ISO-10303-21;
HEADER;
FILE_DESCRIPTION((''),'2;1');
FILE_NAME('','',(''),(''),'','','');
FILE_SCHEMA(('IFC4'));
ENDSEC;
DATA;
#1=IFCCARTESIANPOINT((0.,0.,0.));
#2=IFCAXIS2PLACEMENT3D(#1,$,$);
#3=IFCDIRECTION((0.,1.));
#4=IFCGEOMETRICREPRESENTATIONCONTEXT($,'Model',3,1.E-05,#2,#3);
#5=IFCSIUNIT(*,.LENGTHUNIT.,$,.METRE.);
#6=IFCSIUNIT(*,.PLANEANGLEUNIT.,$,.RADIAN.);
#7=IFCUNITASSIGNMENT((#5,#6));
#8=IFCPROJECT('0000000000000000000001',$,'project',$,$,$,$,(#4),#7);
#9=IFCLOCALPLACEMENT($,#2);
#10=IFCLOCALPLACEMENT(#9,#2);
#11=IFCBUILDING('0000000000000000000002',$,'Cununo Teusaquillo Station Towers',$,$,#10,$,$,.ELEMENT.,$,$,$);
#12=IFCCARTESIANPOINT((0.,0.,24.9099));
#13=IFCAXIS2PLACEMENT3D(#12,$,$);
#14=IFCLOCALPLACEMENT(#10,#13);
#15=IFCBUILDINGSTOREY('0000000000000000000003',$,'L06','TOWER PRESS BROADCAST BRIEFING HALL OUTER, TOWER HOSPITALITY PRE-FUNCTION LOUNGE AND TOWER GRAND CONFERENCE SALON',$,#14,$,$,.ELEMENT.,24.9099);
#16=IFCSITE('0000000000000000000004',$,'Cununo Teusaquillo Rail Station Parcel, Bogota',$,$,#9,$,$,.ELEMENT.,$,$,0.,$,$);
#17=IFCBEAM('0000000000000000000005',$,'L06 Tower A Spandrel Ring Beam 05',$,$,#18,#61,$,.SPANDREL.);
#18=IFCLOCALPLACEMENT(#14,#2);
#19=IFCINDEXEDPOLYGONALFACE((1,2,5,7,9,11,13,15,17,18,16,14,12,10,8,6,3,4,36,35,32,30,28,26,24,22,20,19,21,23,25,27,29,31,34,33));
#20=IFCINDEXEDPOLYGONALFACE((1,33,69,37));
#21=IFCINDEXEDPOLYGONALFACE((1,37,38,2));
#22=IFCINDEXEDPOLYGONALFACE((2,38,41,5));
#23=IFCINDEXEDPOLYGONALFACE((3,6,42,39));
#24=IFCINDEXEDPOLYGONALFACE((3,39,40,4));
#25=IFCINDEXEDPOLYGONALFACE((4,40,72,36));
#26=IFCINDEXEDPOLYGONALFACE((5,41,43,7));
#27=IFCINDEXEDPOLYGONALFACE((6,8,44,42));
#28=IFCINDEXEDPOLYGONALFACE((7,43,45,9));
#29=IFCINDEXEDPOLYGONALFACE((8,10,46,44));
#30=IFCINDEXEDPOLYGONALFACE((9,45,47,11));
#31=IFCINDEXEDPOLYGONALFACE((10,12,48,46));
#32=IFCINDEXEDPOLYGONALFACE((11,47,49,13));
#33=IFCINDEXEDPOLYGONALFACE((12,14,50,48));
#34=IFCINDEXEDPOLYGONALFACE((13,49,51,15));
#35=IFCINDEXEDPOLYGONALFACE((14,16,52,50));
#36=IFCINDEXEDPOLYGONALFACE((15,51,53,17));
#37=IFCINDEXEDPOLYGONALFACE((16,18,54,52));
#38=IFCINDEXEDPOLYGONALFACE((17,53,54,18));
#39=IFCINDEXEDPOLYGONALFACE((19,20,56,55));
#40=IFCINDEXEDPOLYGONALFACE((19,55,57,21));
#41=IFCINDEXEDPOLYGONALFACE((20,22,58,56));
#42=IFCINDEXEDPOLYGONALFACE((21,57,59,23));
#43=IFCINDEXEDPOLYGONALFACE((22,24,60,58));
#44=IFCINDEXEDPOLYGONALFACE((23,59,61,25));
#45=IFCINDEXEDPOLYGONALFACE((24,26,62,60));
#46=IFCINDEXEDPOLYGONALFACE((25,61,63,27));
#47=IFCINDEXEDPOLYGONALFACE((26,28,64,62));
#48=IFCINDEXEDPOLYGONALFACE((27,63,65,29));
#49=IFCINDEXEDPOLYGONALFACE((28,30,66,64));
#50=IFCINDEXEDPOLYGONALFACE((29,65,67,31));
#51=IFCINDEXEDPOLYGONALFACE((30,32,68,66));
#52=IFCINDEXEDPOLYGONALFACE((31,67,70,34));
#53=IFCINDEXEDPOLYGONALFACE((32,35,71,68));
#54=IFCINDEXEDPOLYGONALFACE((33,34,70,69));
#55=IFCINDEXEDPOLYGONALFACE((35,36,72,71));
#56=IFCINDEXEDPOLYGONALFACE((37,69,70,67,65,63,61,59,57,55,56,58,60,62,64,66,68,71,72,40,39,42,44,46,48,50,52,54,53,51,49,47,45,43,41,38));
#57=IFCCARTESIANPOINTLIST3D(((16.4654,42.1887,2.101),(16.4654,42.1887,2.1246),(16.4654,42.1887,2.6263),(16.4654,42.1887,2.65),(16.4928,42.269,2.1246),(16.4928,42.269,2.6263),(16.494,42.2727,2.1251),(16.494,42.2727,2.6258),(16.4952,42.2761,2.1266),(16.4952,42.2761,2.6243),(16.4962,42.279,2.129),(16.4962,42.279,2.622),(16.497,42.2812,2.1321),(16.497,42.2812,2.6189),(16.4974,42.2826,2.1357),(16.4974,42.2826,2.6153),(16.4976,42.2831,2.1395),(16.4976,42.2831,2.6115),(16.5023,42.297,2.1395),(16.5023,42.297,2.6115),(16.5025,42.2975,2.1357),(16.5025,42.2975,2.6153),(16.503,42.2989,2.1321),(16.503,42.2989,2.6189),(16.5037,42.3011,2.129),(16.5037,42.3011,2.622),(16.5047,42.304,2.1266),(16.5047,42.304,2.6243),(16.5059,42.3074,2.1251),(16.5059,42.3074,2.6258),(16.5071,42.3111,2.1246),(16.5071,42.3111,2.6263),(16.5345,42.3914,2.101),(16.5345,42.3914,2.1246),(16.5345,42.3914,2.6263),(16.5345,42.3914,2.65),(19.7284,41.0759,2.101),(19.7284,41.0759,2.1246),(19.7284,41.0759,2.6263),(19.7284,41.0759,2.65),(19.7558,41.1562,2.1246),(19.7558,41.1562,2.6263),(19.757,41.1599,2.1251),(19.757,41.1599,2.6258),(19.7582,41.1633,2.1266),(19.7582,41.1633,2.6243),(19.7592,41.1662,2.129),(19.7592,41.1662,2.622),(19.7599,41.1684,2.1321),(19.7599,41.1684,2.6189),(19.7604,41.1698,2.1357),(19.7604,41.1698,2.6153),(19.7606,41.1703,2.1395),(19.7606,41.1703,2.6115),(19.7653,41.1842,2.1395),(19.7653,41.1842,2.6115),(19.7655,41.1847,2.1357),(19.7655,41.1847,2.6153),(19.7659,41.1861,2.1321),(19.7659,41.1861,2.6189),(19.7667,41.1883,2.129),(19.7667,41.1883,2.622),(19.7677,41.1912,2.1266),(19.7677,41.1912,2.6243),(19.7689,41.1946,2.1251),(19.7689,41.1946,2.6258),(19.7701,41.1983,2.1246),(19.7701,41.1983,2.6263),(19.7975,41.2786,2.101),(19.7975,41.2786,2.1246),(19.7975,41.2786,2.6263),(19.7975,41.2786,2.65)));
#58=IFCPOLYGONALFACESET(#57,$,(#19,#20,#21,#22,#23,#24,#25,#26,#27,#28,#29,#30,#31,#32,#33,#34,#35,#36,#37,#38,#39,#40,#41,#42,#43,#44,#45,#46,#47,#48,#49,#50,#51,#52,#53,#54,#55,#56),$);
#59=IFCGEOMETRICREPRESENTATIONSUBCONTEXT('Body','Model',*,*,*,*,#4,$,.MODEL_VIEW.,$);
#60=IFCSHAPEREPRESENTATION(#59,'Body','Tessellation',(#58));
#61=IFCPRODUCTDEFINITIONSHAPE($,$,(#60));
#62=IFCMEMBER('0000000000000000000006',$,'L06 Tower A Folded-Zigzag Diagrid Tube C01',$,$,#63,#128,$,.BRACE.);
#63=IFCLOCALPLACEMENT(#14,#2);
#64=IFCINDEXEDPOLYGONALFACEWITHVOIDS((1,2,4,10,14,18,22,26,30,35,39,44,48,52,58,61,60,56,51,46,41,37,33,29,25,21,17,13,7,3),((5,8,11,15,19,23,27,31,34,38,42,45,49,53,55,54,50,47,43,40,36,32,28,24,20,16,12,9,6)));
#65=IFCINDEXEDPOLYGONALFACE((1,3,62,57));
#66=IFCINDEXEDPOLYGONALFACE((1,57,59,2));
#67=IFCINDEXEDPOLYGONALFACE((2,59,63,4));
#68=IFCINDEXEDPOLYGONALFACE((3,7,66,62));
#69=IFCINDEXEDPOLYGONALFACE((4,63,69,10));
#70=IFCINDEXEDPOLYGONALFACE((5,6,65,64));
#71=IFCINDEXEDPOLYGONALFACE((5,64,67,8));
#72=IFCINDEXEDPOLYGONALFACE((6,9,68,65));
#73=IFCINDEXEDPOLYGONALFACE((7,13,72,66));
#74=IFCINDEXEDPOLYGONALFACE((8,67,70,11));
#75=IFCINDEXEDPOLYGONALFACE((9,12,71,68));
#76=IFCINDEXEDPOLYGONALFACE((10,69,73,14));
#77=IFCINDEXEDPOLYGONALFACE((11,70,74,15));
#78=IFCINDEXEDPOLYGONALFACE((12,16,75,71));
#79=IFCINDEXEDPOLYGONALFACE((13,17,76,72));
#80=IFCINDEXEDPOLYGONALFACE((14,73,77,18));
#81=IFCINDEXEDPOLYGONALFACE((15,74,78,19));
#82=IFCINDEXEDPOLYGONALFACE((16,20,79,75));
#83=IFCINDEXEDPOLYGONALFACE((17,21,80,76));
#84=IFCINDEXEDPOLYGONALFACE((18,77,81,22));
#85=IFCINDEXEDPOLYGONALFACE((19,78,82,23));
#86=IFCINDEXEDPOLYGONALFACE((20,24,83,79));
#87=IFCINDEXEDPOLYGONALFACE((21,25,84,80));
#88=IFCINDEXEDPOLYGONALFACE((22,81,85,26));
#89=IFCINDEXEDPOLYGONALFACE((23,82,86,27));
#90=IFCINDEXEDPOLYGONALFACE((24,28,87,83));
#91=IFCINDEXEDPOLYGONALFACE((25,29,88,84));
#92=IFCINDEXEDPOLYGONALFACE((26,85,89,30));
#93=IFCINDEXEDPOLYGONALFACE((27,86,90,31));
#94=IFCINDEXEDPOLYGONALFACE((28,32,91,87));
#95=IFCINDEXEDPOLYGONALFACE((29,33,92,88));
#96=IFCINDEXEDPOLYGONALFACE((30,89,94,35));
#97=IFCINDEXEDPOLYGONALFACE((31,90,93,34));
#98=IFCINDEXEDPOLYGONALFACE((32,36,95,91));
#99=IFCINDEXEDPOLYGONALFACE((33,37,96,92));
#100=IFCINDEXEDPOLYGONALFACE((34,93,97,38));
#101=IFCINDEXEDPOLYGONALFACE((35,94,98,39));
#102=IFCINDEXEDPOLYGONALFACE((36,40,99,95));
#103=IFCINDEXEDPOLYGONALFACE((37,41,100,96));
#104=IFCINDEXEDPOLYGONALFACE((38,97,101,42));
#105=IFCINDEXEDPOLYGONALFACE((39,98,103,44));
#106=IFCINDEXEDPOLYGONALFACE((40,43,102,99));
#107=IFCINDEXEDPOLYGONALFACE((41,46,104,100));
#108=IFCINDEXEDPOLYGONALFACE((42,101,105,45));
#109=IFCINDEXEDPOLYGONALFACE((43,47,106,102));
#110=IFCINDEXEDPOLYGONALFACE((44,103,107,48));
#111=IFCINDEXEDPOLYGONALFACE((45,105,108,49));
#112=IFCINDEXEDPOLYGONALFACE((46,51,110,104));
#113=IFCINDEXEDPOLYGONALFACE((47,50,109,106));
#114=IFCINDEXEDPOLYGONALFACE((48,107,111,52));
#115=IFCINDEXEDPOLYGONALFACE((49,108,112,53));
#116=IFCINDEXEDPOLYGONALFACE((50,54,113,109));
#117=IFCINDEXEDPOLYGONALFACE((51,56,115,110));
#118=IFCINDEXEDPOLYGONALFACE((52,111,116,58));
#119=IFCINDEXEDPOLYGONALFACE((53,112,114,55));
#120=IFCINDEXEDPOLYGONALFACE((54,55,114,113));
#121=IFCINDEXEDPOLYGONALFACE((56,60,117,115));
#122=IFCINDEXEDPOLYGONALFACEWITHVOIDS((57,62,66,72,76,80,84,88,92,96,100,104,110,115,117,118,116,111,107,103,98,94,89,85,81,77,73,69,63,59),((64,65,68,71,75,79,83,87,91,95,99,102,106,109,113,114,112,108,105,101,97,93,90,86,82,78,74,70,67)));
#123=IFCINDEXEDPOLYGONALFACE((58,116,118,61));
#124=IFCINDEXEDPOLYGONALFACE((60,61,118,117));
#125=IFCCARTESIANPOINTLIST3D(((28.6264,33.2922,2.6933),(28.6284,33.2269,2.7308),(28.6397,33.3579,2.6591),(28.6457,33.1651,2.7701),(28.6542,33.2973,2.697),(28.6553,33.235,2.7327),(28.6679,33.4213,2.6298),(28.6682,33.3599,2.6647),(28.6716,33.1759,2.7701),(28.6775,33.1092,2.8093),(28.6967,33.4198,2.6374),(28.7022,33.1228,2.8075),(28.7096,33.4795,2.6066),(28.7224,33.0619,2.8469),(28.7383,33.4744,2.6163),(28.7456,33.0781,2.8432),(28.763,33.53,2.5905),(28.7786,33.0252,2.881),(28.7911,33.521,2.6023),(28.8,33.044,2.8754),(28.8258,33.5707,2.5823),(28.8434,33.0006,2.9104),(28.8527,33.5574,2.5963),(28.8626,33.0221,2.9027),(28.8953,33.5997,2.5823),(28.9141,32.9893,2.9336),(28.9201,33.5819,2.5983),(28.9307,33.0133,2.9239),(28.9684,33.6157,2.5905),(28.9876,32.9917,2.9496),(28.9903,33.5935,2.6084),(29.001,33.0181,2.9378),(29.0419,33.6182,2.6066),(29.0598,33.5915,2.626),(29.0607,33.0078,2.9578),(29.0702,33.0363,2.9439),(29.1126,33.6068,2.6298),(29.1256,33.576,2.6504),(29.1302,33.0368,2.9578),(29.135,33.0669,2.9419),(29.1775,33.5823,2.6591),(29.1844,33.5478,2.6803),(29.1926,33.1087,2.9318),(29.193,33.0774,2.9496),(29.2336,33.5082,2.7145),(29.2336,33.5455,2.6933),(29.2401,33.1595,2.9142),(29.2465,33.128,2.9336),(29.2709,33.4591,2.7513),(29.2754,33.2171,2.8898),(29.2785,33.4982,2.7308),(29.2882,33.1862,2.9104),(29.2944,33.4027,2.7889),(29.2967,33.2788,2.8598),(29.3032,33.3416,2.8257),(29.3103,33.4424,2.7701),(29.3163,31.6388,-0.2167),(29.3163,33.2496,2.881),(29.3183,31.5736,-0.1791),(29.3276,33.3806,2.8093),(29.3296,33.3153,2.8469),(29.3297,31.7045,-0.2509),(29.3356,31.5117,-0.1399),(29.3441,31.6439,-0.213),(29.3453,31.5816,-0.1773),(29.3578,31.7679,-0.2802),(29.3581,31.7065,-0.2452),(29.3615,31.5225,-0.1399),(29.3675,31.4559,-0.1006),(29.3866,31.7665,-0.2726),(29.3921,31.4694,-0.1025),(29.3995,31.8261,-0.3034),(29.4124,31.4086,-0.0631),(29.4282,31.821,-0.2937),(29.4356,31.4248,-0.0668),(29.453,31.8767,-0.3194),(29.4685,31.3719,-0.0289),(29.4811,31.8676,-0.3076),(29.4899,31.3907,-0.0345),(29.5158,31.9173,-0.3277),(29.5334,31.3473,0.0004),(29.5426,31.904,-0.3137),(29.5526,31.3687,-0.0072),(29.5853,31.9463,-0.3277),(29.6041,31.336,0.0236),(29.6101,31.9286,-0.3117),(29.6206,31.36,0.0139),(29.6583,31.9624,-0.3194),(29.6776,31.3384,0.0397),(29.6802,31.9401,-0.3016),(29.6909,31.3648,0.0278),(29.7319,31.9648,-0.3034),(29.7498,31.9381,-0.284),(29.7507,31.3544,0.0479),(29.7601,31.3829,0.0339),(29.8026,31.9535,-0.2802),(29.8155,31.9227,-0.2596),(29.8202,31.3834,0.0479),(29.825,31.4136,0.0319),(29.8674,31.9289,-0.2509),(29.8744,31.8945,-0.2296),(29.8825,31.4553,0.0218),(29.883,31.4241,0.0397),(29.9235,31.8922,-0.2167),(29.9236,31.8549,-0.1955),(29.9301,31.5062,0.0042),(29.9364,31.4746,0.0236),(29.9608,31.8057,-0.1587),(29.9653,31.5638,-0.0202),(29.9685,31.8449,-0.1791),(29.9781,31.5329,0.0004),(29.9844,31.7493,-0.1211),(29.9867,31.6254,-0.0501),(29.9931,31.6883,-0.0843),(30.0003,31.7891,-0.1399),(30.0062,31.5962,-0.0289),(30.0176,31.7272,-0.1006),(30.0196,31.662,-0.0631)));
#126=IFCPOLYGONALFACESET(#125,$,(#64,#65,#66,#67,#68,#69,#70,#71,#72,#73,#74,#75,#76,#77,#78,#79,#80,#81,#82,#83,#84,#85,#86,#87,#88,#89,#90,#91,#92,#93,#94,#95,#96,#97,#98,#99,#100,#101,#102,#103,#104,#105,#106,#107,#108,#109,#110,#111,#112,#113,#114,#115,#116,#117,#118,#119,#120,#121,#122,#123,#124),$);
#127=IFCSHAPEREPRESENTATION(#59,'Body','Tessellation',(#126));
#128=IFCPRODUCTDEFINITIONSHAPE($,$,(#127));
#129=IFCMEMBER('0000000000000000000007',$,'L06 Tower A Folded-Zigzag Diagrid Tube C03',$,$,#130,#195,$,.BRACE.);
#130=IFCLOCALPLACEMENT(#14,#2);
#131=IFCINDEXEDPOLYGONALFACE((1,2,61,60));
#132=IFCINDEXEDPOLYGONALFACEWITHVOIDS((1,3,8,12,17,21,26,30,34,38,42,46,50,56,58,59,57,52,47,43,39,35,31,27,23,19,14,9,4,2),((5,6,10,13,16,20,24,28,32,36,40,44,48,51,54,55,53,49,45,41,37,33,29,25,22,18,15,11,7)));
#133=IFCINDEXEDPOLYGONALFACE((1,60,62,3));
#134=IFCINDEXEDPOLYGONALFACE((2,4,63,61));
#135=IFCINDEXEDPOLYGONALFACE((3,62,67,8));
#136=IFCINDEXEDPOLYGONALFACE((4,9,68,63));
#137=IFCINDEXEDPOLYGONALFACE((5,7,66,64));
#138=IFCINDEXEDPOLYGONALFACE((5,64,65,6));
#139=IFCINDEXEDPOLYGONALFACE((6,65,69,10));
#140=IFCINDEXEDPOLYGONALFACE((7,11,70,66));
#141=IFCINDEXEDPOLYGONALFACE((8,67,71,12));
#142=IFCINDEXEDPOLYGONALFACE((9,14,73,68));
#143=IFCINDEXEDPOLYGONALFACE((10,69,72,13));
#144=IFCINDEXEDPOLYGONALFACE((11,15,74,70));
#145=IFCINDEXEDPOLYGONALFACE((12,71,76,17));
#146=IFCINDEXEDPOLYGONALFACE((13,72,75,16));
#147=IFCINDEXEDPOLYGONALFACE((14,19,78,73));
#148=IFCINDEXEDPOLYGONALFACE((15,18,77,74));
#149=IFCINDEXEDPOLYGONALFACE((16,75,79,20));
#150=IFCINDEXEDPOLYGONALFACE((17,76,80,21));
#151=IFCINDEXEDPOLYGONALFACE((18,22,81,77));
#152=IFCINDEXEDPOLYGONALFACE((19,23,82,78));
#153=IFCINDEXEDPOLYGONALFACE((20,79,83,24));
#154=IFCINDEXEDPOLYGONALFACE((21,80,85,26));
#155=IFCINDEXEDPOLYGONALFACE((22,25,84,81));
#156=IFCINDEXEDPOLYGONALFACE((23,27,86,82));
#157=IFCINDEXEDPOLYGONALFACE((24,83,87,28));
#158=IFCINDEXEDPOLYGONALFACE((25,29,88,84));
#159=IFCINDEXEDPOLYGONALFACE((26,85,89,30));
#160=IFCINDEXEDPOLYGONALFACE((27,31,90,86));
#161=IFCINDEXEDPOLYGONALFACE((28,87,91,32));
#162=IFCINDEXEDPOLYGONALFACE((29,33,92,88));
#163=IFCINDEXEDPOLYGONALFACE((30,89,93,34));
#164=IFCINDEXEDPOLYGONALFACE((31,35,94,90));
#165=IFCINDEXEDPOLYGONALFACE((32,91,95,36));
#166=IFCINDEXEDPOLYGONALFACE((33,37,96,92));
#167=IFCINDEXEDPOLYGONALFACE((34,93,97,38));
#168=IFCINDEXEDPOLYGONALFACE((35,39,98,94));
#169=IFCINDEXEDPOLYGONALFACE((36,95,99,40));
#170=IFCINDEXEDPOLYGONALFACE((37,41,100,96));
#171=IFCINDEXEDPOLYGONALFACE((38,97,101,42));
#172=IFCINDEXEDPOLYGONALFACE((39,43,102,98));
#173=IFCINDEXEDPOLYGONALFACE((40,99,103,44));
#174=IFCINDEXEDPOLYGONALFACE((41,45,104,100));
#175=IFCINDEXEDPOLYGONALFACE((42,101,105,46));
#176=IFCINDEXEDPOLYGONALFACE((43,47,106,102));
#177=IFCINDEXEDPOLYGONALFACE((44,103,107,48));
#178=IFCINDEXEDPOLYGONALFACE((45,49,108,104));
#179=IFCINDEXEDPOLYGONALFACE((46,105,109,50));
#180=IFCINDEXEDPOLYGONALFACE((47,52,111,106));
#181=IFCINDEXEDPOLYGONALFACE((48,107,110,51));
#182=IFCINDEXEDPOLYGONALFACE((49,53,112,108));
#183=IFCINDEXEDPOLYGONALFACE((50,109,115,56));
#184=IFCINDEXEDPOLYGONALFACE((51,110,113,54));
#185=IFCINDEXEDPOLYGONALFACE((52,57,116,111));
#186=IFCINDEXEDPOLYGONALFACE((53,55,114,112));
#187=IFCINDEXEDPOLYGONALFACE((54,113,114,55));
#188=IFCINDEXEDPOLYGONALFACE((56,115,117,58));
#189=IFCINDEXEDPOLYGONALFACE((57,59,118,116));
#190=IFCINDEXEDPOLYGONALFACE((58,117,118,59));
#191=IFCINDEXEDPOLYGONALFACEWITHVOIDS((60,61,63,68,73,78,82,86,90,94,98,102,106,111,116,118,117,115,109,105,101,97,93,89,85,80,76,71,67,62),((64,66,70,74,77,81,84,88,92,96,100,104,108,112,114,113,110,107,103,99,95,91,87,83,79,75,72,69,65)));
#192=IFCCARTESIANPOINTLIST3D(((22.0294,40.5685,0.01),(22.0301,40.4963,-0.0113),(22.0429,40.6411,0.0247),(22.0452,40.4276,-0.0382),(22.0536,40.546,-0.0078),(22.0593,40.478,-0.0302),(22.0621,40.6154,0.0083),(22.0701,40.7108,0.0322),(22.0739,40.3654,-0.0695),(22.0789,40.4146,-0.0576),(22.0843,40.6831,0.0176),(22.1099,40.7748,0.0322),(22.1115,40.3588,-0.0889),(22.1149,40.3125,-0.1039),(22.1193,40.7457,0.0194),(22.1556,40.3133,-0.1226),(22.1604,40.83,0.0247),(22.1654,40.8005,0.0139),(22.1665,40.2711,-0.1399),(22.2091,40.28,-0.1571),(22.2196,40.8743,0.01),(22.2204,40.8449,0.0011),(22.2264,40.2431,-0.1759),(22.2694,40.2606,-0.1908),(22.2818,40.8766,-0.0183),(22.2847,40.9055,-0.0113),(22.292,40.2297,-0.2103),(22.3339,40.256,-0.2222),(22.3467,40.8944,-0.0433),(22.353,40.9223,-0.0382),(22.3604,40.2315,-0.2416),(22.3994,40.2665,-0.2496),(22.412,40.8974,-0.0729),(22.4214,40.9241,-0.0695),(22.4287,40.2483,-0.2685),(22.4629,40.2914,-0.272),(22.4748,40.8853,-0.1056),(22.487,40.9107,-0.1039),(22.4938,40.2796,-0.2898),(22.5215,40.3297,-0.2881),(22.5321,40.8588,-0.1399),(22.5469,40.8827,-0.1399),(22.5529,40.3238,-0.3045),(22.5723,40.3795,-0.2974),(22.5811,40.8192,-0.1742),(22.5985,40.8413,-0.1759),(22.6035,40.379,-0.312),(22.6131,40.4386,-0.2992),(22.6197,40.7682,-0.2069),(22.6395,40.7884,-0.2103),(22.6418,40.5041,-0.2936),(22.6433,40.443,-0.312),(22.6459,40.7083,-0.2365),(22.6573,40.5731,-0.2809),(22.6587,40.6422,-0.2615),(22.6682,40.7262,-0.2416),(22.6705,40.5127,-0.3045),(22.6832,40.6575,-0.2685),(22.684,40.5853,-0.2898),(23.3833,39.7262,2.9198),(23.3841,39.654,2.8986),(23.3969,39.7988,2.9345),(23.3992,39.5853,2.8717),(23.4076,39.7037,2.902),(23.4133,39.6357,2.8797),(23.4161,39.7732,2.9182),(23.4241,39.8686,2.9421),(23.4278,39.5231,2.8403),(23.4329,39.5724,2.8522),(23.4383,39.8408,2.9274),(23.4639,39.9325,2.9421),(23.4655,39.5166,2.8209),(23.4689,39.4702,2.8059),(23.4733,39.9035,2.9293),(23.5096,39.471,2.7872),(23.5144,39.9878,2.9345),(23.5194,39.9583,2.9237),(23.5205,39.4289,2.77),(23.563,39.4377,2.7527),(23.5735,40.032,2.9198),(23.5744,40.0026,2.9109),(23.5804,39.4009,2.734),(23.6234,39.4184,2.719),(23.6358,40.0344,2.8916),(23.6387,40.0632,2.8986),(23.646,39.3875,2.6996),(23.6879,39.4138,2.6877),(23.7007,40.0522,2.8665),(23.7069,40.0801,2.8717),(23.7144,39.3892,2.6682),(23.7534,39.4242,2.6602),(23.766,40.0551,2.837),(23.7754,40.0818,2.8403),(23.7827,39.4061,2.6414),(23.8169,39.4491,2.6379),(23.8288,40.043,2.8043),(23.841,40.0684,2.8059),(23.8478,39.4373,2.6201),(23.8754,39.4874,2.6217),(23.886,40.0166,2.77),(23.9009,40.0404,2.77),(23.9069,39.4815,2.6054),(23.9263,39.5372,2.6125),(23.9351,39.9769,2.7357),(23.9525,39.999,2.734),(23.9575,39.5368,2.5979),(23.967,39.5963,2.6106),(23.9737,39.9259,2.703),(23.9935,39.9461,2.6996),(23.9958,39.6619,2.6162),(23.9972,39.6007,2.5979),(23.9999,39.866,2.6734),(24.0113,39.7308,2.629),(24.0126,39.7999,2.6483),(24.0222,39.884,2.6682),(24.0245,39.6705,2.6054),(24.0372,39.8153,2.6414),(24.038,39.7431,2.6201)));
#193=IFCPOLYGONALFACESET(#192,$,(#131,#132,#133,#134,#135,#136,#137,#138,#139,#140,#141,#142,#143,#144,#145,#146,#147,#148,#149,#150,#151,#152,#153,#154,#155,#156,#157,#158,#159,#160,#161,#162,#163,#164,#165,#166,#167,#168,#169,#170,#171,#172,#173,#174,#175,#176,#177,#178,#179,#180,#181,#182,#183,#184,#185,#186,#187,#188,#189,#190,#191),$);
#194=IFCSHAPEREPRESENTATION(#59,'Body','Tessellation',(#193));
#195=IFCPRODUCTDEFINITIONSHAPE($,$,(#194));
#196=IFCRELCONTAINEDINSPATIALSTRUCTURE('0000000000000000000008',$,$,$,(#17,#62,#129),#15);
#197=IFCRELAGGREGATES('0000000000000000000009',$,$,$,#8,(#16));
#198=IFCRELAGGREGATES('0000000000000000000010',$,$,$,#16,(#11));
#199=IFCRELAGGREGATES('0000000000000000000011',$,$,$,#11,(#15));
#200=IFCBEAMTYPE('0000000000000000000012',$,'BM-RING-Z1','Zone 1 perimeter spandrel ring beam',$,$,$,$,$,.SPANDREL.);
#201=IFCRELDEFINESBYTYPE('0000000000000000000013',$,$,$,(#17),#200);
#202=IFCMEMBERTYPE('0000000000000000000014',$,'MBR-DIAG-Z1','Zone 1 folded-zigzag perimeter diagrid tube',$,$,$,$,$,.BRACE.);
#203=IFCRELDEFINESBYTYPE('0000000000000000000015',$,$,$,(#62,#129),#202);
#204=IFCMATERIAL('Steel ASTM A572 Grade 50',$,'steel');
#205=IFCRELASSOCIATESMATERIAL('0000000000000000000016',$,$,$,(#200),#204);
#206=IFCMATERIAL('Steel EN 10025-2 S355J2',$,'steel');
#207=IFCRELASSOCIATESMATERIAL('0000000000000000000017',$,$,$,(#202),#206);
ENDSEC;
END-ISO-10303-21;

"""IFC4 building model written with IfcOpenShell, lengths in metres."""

from ifc_helpers import new_model, si_unit, direction, frame, origin, origin_2d, place, context, subcontext, project, spatial, hollow_circle, i_section, extrude, material, material_profile, profile_set, type_object, element, save


model = new_model("IFC4")

# Units and contexts
model_context = context("Model", 3, precision=1e-05, world=origin(), true_north=direction((0.0, 1.0)))
body_context = subcontext(model_context, "Body", "Model", "MODEL_VIEW")
ifc_project = project(units=[si_unit("LENGTHUNIT", "METRE"), si_unit("PLANEANGLEUNIT", "RADIAN")], contexts=[model_context])

# Site, building, storey
site_placement = place(None, origin())
site = spatial("IfcSite", under=ifc_project, at=site_placement, Name="Cununo Teusaquillo Rail Station Parcel, Bogota", CompositionType="ELEMENT", RefElevation=0.0)
building_placement = place(site_placement, origin())
building = spatial("IfcBuilding", under=site, at=building_placement, Name="Cununo Teusaquillo Station Towers", CompositionType="ELEMENT")
storey_placement = place(building_placement, frame((0.0, 0.0, 24.9099)))
storey = spatial("IfcBuildingStorey", under=building, at=storey_placement, Name="L06", Description="TOWER PRESS BROADCAST BRIEFING HALL OUTER, TOWER HOSPITALITY PRE-FUNCTION LOUNGE AND TOWER GRAND CONFERENCE SALON", CompositionType="ELEMENT", Elevation=24.9099)

# Beam
ifc_material_1 = material(Name="Steel ASTM A572 Grade 50", Category="steel")
ifc_material_profile_1 = material_profile(ifc_material_1, i_section(OverallWidth=0.2141, OverallDepth=0.5491, WebThickness=0.0146, FlangeThickness=0.0237, FilletRadius=0.0149, at=origin_2d()), Name="W21X93")
ifc_profile_set_1 = profile_set([ifc_material_profile_1], Name="Steel ASTM A572 Grade 50")
beam_type_1 = type_object("IfcBeamType", Name="BM-RING-Z1", Description="Zone 1 perimeter spandrel ring beam", PredefinedType="SPANDREL", material=ifc_profile_set_1)
beam_1_placement = place(storey_placement, frame((19.7629, 41.1772, 2.3755), z_axis=(-0.946472, 0.322785, 0.0), x_axis=(-0.322785, -0.946472, 0.0)))
element("IfcBeam", 1, at=beam_1_placement, inside=storey, type_object=beam_type_1, Name="L06 Tower A Spandrel Ring Beam 05", PredefinedType="SPANDREL", context=body_context, shape_type="SweptSolid", body=[
    extrude(i_section(OverallWidth=0.2141, OverallDepth=0.5491, WebThickness=0.0146, FlangeThickness=0.0237, FilletRadius=0.0149, at=origin_2d()), origin(), (0.0, 0.0, 1.0), 3.4475),
])

# Members
ifc_material_2 = material(Name="Steel EN 10025-2 S355J2", Category="steel")
ifc_material_profile_2 = material_profile(ifc_material_2, hollow_circle(Radius=0.3601, WallThickness=0.0281, at=origin_2d()), Name="CHS 720x28")
ifc_profile_set_2 = profile_set([ifc_material_profile_2], Name="Steel EN 10025-2 S355J2")
member_type = type_object("IfcMemberType", Name="MBR-DIAG-Z1", Description="Zone 1 folded-zigzag perimeter diagrid tube", PredefinedType="BRACE", material=ifc_profile_set_2)
member_1_placement = place(storey_placement, frame((29.668, 31.6504, -0.1399), z_axis=(-0.201904, 0.483827, 0.851555), x_axis=(-0.922867, -0.385119, 0.0)))
element("IfcMember", 2, at=member_1_placement, inside=storey, type_object=member_type, Name="L06 Tower A Folded-Zigzag Diagrid Tube C01", PredefinedType="BRACE", context=body_context, shape_type="SweptSolid", body=[
    extrude(hollow_circle(Radius=0.3601, WallThickness=0.0281, at=origin_2d()), origin(), (0.0, 0.0, 1.0), 3.4172),
])
member_2_placement = place(storey_placement, frame((22.3567, 40.5769, -0.1399), z_axis=(0.408055, -0.253839, 0.876959), x_axis=(0.528209, 0.849115, 0.0)))
element("IfcMember", 3, at=member_2_placement, inside=storey, type_object=member_type, Name="L06 Tower A Folded-Zigzag Diagrid Tube C03", PredefinedType="BRACE", context=body_context, shape_type="SweptSolid", body=[
    extrude(hollow_circle(Radius=0.3601, WallThickness=0.0281, at=origin_2d()), origin(), (0.0, 0.0, 1.0), 3.3181),
])

save(model, "model.ifc")
